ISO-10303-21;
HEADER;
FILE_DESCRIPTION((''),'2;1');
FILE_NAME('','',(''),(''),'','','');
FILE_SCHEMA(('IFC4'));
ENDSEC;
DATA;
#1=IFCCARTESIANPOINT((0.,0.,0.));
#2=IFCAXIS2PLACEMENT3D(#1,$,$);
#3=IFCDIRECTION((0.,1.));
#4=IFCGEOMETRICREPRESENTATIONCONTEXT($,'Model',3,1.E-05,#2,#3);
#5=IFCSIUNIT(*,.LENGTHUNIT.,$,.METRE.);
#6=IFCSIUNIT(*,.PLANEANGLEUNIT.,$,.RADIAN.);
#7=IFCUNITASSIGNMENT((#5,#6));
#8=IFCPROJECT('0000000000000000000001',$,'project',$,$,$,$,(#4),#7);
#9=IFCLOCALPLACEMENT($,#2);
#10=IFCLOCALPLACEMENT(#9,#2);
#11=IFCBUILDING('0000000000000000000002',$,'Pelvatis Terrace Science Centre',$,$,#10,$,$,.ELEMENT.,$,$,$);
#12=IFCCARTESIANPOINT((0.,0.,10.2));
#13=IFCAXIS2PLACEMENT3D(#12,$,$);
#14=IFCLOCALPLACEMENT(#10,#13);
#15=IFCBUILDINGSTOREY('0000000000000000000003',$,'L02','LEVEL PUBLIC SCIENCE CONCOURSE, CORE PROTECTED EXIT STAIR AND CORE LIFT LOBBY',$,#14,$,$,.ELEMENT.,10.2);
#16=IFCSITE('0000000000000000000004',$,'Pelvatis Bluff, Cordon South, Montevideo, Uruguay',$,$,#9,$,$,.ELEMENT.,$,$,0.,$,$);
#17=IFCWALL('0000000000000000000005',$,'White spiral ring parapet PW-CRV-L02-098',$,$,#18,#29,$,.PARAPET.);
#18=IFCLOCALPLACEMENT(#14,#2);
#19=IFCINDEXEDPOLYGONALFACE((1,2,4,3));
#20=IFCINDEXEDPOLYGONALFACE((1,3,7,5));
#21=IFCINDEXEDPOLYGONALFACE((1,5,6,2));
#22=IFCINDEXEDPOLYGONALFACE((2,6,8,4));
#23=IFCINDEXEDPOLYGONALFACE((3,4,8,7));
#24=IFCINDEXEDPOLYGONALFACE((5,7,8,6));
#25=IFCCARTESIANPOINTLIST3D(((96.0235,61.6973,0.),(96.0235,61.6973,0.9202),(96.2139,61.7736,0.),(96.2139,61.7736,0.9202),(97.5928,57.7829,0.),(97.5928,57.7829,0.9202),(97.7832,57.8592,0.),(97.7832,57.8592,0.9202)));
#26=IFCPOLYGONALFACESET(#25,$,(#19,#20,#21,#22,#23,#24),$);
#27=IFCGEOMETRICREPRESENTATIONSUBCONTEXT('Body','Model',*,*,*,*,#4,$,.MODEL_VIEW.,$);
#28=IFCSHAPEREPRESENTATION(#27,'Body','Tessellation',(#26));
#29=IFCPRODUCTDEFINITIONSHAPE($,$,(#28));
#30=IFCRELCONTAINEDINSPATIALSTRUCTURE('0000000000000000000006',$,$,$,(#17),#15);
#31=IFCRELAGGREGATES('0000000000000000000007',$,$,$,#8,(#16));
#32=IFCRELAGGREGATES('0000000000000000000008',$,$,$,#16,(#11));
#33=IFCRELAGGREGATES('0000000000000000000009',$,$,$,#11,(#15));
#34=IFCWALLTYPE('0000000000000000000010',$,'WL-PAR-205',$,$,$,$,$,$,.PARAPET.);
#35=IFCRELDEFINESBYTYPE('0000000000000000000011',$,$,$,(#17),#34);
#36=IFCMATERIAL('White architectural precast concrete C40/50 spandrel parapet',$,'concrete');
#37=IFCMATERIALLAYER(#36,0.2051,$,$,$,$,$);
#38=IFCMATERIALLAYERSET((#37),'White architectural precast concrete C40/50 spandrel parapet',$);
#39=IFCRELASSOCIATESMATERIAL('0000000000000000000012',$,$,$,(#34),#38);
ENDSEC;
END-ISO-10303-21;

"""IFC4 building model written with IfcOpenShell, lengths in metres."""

from ifc_helpers import new_model, si_unit, direction, frame, frame_2d, origin, place, context, subcontext, project, spatial, rectangle, extrude, material, layer, layer_set, type_object, element, save


model = new_model("IFC4")

# Units and contexts
model_context = context("Model", 3, precision=1e-05, world=origin(), true_north=direction((0.0, 1.0)))
body_context = subcontext(model_context, "Body", "Model", "MODEL_VIEW")
ifc_project = project(units=[si_unit("LENGTHUNIT", "METRE"), si_unit("PLANEANGLEUNIT", "RADIAN")], contexts=[model_context])

# Site, building, storey
site_placement = place(None, origin())
site = spatial("IfcSite", under=ifc_project, at=site_placement, Name="Pelvatis Bluff, Cordon South, Montevideo, Uruguay", CompositionType="ELEMENT", RefElevation=0.0)
building_placement = place(site_placement, origin())
building = spatial("IfcBuilding", under=site, at=building_placement, Name="Pelvatis Terrace Science Centre", CompositionType="ELEMENT")
storey_placement = place(building_placement, frame((0.0, 0.0, 10.2)))
storey = spatial("IfcBuildingStorey", under=building, at=storey_placement, Name="L02", Description="LEVEL PUBLIC SCIENCE CONCOURSE, CORE PROTECTED EXIT STAIR AND CORE LIFT LOBBY", CompositionType="ELEMENT", Elevation=10.2)

# Wall
ifc_material_1 = material(Name="White architectural precast concrete C40/50 spandrel parapet", Category="concrete")
ifc_layer_1 = layer(ifc_material_1, 0.2051)
ifc_layer_set_1 = layer_set([ifc_layer_1], Name="White architectural precast concrete C40/50 spandrel parapet")
wall_type_1 = type_object("IfcWallType", Name="WL-PAR-205", PredefinedType="PARAPET", material=ifc_layer_set_1)
wall_1_placement = place(storey_placement, frame((97.688, 57.821, 0.0), z_axis=(0.0, 0.0, 1.0), x_axis=(-0.372109, 0.928189, 0.0)))
element("IfcWall", 1, at=wall_1_placement, inside=storey, type_object=wall_type_1, Name="White spiral ring parapet PW-CRV-L02-098", PredefinedType="PARAPET", context=body_context, shape_type="SweptSolid", body=[
    extrude(rectangle(XDim=4.2173, YDim=0.2051, at=frame_2d((2.1086, 0.0))), origin(), (0.0, 0.0, 1.0), 0.9202),
])

save(model, "model.ifc")
